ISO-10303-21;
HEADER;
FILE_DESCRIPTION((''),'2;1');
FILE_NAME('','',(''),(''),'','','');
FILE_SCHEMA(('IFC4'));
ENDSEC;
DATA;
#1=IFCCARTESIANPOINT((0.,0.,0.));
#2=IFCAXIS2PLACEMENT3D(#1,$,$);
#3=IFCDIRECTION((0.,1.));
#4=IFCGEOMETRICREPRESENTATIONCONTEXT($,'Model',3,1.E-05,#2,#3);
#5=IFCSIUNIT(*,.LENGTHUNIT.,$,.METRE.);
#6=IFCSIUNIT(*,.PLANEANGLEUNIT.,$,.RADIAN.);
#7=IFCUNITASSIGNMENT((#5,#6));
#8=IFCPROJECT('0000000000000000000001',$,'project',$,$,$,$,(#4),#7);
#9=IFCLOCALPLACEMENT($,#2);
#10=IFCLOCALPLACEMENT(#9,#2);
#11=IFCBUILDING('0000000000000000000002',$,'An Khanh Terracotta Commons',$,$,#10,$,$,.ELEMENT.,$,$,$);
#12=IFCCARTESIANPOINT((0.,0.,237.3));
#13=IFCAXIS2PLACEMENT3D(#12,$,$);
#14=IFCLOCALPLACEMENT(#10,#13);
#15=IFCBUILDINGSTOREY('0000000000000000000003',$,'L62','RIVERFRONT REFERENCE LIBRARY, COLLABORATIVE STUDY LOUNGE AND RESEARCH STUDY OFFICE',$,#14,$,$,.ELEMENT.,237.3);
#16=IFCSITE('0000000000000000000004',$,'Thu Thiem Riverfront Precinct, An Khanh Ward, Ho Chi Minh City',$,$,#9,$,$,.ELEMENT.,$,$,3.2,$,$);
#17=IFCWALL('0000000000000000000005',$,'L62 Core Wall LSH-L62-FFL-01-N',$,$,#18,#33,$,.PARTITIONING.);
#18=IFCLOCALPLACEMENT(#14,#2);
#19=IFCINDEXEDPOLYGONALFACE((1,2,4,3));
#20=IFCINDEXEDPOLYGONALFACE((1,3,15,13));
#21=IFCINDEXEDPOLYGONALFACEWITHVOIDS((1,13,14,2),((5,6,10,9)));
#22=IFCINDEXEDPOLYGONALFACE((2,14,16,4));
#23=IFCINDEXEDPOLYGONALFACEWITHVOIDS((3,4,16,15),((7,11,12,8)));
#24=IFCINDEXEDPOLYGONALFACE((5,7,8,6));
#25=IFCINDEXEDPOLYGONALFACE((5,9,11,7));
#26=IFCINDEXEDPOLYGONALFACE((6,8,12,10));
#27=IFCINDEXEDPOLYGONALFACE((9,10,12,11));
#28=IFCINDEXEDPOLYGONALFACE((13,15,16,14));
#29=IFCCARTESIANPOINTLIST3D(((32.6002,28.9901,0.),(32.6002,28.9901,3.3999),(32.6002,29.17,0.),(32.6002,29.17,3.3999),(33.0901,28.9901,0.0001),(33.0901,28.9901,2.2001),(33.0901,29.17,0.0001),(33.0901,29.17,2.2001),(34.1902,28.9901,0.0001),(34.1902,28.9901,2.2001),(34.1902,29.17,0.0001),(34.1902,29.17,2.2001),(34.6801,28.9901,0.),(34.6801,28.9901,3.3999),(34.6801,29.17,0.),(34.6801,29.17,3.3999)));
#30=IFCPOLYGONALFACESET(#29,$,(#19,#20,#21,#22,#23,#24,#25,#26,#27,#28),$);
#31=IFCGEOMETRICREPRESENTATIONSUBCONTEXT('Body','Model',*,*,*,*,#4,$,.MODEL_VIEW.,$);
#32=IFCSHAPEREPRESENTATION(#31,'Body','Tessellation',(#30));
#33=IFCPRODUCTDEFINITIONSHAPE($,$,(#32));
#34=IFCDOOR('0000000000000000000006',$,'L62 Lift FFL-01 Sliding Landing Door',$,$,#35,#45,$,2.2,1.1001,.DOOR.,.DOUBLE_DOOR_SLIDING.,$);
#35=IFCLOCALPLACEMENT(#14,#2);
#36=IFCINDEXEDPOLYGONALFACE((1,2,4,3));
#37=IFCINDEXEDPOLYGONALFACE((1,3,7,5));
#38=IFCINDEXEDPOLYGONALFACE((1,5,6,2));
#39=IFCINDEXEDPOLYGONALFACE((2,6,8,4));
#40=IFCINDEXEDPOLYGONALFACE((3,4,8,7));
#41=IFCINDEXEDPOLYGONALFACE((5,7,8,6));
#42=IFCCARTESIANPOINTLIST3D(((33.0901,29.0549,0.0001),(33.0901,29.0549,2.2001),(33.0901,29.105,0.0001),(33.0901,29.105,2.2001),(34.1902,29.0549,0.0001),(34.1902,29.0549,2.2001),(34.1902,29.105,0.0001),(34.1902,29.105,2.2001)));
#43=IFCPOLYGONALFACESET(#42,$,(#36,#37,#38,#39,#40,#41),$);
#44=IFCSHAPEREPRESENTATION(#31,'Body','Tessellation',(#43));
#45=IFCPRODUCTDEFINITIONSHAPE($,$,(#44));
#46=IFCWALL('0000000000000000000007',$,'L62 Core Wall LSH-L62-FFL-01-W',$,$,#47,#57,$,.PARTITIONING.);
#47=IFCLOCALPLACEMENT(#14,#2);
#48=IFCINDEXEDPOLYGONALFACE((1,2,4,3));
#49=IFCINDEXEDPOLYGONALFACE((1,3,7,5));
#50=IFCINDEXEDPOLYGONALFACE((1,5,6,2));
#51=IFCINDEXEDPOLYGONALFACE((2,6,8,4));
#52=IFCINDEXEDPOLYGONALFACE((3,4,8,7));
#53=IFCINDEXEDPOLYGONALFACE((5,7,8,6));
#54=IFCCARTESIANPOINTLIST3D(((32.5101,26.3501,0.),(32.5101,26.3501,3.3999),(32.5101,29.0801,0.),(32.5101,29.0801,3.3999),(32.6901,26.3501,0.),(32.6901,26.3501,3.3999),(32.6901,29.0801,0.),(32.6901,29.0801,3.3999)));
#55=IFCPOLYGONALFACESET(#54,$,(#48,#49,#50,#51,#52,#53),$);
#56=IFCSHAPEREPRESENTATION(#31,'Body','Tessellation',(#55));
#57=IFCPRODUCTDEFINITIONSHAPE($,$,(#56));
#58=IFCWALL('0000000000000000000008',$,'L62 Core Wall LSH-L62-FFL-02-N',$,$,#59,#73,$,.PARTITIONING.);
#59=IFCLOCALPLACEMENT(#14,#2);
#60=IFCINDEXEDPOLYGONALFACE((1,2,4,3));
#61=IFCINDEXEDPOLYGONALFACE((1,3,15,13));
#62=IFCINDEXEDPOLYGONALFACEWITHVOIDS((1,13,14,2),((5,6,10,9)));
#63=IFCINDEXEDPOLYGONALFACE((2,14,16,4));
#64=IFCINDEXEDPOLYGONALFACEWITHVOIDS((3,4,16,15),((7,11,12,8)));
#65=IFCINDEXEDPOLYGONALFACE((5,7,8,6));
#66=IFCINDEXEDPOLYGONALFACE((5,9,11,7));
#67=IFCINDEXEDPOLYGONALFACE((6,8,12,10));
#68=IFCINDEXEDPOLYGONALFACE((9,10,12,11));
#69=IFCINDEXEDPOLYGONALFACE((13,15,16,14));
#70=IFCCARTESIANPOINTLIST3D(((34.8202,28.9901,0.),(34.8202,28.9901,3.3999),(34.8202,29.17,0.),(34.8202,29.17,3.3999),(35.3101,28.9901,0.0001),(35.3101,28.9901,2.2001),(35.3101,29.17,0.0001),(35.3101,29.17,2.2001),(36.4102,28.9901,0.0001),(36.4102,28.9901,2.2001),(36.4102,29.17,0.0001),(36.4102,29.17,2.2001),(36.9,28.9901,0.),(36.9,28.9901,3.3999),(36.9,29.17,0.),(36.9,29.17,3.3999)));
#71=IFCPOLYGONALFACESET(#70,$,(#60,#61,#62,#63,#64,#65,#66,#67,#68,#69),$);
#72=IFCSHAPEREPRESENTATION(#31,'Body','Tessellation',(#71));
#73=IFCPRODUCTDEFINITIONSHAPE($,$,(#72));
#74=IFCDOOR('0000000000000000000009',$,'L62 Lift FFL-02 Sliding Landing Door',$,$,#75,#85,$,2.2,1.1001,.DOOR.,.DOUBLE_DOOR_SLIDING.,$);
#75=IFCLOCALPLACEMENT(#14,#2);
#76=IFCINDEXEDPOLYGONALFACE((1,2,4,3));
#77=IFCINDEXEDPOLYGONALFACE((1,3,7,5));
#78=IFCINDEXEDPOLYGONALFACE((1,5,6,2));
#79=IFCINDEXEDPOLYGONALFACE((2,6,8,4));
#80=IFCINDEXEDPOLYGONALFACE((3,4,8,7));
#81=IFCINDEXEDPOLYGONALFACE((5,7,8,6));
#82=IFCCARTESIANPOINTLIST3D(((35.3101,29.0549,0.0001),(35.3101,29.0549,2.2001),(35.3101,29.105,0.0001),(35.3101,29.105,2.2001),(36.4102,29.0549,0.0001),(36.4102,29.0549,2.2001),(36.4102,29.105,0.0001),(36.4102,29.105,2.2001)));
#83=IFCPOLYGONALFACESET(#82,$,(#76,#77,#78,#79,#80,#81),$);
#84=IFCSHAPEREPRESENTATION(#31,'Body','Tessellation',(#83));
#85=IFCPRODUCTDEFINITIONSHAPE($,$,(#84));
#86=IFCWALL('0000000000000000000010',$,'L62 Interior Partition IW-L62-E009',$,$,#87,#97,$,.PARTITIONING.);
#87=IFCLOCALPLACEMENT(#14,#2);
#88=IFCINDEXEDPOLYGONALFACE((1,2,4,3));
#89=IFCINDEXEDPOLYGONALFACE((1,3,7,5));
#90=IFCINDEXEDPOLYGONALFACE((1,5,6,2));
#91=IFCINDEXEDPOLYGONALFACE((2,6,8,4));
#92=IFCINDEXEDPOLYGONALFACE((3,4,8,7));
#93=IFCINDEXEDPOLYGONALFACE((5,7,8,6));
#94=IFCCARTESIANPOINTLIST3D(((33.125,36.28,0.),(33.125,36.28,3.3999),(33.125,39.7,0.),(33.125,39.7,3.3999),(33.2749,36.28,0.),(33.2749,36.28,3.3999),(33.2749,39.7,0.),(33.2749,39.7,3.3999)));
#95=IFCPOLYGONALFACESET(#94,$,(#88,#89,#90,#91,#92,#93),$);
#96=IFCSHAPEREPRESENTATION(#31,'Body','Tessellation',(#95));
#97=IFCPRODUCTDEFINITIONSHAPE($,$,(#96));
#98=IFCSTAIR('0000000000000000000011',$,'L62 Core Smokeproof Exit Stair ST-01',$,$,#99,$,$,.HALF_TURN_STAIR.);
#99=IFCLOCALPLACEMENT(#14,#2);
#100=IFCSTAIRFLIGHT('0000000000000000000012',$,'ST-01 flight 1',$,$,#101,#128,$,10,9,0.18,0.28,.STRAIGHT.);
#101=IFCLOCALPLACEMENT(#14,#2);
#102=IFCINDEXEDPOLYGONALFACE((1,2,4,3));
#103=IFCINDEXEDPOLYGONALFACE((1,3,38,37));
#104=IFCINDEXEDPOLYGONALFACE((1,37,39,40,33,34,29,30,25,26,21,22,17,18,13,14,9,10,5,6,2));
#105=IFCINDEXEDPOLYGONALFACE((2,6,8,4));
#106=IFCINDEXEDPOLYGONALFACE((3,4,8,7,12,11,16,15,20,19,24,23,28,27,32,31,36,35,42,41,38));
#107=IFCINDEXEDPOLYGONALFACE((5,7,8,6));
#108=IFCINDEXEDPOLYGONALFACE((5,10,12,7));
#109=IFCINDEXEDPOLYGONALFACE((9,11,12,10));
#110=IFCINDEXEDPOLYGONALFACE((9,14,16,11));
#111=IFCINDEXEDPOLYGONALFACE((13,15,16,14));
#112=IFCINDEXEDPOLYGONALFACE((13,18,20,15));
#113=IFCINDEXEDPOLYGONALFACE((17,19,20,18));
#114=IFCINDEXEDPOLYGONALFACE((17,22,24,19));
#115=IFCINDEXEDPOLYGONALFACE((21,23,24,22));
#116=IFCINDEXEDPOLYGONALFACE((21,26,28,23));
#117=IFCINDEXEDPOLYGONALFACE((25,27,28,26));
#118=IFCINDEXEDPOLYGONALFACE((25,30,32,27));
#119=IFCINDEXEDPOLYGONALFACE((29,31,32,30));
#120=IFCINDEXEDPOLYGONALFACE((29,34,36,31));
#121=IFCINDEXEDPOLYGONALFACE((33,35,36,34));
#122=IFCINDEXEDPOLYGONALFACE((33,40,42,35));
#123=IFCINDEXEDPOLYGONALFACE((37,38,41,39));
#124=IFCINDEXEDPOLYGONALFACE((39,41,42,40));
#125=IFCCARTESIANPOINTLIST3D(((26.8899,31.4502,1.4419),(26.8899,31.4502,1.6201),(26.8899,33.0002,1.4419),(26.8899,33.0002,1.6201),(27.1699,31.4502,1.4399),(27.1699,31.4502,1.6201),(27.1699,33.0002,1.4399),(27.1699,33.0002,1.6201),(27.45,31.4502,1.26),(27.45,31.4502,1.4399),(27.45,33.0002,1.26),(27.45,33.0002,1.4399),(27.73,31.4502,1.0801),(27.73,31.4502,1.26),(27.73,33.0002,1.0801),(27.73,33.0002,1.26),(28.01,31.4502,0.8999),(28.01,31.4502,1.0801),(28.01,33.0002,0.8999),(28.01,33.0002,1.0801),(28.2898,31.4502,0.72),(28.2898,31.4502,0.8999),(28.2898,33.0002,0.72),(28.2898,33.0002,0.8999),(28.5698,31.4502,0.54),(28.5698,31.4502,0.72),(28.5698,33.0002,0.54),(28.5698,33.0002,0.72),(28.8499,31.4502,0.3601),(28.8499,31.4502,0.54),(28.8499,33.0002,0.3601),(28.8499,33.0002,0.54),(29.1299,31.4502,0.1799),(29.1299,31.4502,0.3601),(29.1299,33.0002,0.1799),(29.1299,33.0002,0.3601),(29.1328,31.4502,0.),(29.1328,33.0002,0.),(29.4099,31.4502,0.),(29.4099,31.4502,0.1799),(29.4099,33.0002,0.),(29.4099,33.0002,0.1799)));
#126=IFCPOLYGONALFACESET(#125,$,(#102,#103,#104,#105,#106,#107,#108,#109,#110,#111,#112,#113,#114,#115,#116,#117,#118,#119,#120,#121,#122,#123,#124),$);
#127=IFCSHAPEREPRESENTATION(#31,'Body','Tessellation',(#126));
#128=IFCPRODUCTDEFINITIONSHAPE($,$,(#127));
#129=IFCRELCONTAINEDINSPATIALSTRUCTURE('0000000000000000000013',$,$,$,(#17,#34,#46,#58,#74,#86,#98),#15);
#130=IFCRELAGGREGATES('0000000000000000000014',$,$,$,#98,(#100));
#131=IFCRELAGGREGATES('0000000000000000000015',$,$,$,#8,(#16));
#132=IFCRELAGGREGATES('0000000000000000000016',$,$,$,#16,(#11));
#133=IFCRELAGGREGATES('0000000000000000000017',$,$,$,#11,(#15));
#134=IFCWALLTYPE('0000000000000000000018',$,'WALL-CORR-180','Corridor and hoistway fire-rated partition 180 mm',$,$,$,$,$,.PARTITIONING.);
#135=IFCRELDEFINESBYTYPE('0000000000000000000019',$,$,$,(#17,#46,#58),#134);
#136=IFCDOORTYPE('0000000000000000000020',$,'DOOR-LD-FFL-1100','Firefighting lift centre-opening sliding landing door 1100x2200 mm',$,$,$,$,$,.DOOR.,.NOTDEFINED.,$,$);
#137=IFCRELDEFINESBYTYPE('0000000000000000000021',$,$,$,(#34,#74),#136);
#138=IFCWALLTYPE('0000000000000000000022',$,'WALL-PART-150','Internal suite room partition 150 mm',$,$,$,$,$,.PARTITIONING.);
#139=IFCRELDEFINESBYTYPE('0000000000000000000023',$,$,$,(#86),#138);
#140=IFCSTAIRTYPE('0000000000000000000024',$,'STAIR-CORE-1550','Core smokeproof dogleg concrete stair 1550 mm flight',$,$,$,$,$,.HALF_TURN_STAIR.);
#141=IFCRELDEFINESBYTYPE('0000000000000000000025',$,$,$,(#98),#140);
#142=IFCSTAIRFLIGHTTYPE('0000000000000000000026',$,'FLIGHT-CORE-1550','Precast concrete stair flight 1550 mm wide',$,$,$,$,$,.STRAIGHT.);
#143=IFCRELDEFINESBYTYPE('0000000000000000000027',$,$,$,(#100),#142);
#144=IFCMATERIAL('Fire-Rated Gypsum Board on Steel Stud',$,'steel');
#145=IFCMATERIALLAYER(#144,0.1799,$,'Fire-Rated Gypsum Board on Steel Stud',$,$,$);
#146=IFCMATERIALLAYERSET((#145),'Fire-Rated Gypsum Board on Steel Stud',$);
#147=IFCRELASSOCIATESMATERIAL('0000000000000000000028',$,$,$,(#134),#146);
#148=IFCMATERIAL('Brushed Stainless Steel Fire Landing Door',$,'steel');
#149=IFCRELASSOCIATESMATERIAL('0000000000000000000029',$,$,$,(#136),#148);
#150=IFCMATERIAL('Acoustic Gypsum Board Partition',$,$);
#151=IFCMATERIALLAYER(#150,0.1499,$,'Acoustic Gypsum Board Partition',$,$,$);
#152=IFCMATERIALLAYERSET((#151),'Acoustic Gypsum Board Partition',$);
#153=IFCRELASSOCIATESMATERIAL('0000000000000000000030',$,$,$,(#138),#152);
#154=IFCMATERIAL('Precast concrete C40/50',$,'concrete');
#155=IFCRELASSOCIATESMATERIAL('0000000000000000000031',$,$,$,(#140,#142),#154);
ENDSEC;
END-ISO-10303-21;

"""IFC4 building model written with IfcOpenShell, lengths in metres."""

from ifc_helpers import new_model, si_unit, direction, frame, frame_2d, origin, place, context, subcontext, project, spatial, polyline, rectangle, outline, extrude, material, layer, layer_set, type_object, element, fill, aggregate, save


model = new_model("IFC4")

# Units and contexts
model_context = context("Model", 3, precision=1e-05, world=origin(), true_north=direction((0.0, 1.0)))
body_context = subcontext(model_context, "Body", "Model", "MODEL_VIEW")
ifc_project = project(units=[si_unit("LENGTHUNIT", "METRE"), si_unit("PLANEANGLEUNIT", "RADIAN")], contexts=[model_context])

# Site, building, storey
site_placement = place(None, origin())
site = spatial("IfcSite", under=ifc_project, at=site_placement, Name="Thu Thiem Riverfront Precinct, An Khanh Ward, Ho Chi Minh City", CompositionType="ELEMENT", RefElevation=3.2)
building_placement = place(site_placement, origin())
building = spatial("IfcBuilding", under=site, at=building_placement, Name="An Khanh Terracotta Commons", CompositionType="ELEMENT")
storey_placement = place(building_placement, frame((0.0, 0.0, 237.3)))
storey = spatial("IfcBuildingStorey", under=building, at=storey_placement, Name="L62", Description="RIVERFRONT REFERENCE LIBRARY, COLLABORATIVE STUDY LOUNGE AND RESEARCH STUDY OFFICE", CompositionType="ELEMENT", Elevation=237.3)

# Shared definitions
ifc_material_1 = material(Name="Fire-Rated Gypsum Board on Steel Stud", Category="steel")
ifc_layer_1 = layer(ifc_material_1, 0.1799, Name="Fire-Rated Gypsum Board on Steel Stud")
ifc_layer_set_1 = layer_set([ifc_layer_1], Name="Fire-Rated Gypsum Board on Steel Stud")
wall_type_1 = type_object("IfcWallType", Name="WALL-CORR-180", Description="Corridor and hoistway fire-rated partition 180 mm", PredefinedType="PARTITIONING", material=ifc_layer_set_1)

# Wall, opening, door
wall_1_placement = place(storey_placement, frame((32.6001, 29.0801, 0.0), z_axis=(0.0, 0.0, 1.0), x_axis=(1.0, 0.0, 0.0)))
wall_1 = element("IfcWall", 1, at=wall_1_placement, inside=storey, type_object=wall_type_1, Name="L62 Core Wall LSH-L62-FFL-01-N", PredefinedType="PARTITIONING", context=body_context, shape_type="SweptSolid", body=[
    extrude(rectangle(XDim=2.0798, YDim=0.1799, at=frame_2d((1.04, 0.0))), origin(), (0.0, 0.0, 1.0), 3.3999),
])
opening_1_placement = place(wall_1_placement, frame((0.49, 0.0, 0.0)))
opening_1 = element("IfcOpeningElement", 2, at=opening_1_placement, cuts=wall_1, PredefinedType="OPENING", context=body_context, shape_type="SweptSolid", body=[
    extrude(rectangle(XDim=1.1001, YDim=2.2, at=frame_2d((0.55, 1.1001))), frame((0.0, 0.0999, 0.0), z_axis=(0.0, -1.0, 0.0), x_axis=(1.0, 0.0, 0.0)), (0.0, 0.0, 1.0), 0.2),
])
ifc_material_2 = material(Name="Brushed Stainless Steel Fire Landing Door", Category="steel")
door_type_1 = type_object("IfcDoorType", Name="DOOR-LD-FFL-1100", Description="Firefighting lift centre-opening sliding landing door 1100x2200 mm", OperationType="NOTDEFINED", PredefinedType="DOOR", material=ifc_material_2)
door_1_placement = place(opening_1_placement, origin())
door_1 = element("IfcDoor", 3, at=door_1_placement, inside=storey, type_object=door_type_1, Name="L62 Lift FFL-01 Sliding Landing Door", OperationType="DOUBLE_DOOR_SLIDING", OverallHeight=2.2, OverallWidth=1.1001, PredefinedType="DOOR", context=body_context, shape_type="SweptSolid", body=[
    extrude(rectangle(XDim=1.1001, YDim=2.2, at=frame_2d((0.55, 1.1001))), frame((0.0, 0.0249, 0.0), z_axis=(0.0, -1.0, 0.0), x_axis=(1.0, 0.0, 0.0)), (0.0, 0.0, 1.0), 0.05),
])
fill(opening_1, door_1)

# Wall
wall_2_placement = place(storey_placement, frame((32.6001, 29.0801, 0.0), z_axis=(0.0, 0.0, 1.0), x_axis=(0.0, -1.0, 0.0)))
element("IfcWall", 4, at=wall_2_placement, inside=storey, type_object=wall_type_1, Name="L62 Core Wall LSH-L62-FFL-01-W", PredefinedType="PARTITIONING", context=body_context, shape_type="SweptSolid", body=[
    extrude(rectangle(XDim=2.73, YDim=0.1799, at=frame_2d((1.365, 0.0))), origin(), (0.0, 0.0, 1.0), 3.3999),
])

# Wall, opening, door
wall_3_placement = place(storey_placement, frame((34.8201, 29.0801, 0.0), z_axis=(0.0, 0.0, 1.0), x_axis=(1.0, 0.0, 0.0)))
wall_3 = element("IfcWall", 5, at=wall_3_placement, inside=storey, type_object=wall_type_1, Name="L62 Core Wall LSH-L62-FFL-02-N", PredefinedType="PARTITIONING", context=body_context, shape_type="SweptSolid", body=[
    extrude(rectangle(XDim=2.0798, YDim=0.1799, at=frame_2d((1.04, 0.0))), origin(), (0.0, 0.0, 1.0), 3.3999),
])
opening_2_placement = place(wall_3_placement, frame((0.49, 0.0, 0.0)))
opening_2 = element("IfcOpeningElement", 6, at=opening_2_placement, cuts=wall_3, PredefinedType="OPENING", context=body_context, shape_type="SweptSolid", body=[
    extrude(rectangle(XDim=1.1001, YDim=2.2, at=frame_2d((0.55, 1.1001))), frame((0.0, 0.0999, 0.0), z_axis=(0.0, -1.0, 0.0), x_axis=(1.0, 0.0, 0.0)), (0.0, 0.0, 1.0), 0.2),
])
door_2_placement = place(opening_2_placement, origin())
door_2 = element("IfcDoor", 7, at=door_2_placement, inside=storey, type_object=door_type_1, Name="L62 Lift FFL-02 Sliding Landing Door", OperationType="DOUBLE_DOOR_SLIDING", OverallHeight=2.2, OverallWidth=1.1001, PredefinedType="DOOR", context=body_context, shape_type="SweptSolid", body=[
    extrude(rectangle(XDim=1.1001, YDim=2.2, at=frame_2d((0.55, 1.1001))), frame((0.0, 0.0249, 0.0), z_axis=(0.0, -1.0, 0.0), x_axis=(1.0, 0.0, 0.0)), (0.0, 0.0, 1.0), 0.05),
])
fill(opening_2, door_2)

# Wall
ifc_material_3 = material(Name="Acoustic Gypsum Board Partition")
ifc_layer_2 = layer(ifc_material_3, 0.1499, Name="Acoustic Gypsum Board Partition")
ifc_layer_set_2 = layer_set([ifc_layer_2], Name="Acoustic Gypsum Board Partition")
wall_type_2 = type_object("IfcWallType", Name="WALL-PART-150", Description="Internal suite room partition 150 mm", PredefinedType="PARTITIONING", material=ifc_layer_set_2)
wall_4_placement = place(storey_placement, frame((33.2, 36.28, 0.0), z_axis=(0.0, 0.0, 1.0), x_axis=(0.0, 1.0, 0.0)))
element("IfcWall", 8, at=wall_4_placement, inside=storey, type_object=wall_type_2, Name="L62 Interior Partition IW-L62-E009", PredefinedType="PARTITIONING", context=body_context, shape_type="SweptSolid", body=[
    extrude(rectangle(XDim=3.4199, YDim=0.1499, at=frame_2d((1.71, 0.0))), origin(), (0.0, 0.0, 1.0), 3.3999),
])

# Stair, stair flight
ifc_material_4 = material(Name="Precast concrete C40/50", Category="concrete")
stair_type = type_object("IfcStairType", Name="STAIR-CORE-1550", Description="Core smokeproof dogleg concrete stair 1550 mm flight", PredefinedType="HALF_TURN_STAIR", material=ifc_material_4)
stair_placement = place(storey_placement, origin())
stair = element("IfcStair", 9, at=stair_placement, inside=storey, type_object=stair_type, Name="L62 Core Smokeproof Exit Stair ST-01", PredefinedType="HALF_TURN_STAIR")
stair_flight_type = type_object("IfcStairFlightType", Name="FLIGHT-CORE-1550", Description="Precast concrete stair flight 1550 mm wide", PredefinedType="STRAIGHT", material=ifc_material_4)
stair_flight_placement = place(storey_placement, frame((29.4099, 32.2251, 0.0), z_axis=(0.0, 0.0, 1.0), x_axis=(-1.0, 0.0, 0.0)))
stair_flight = element("IfcStairFlight", 10, at=stair_flight_placement, type_object=stair_flight_type, Name="ST-01 flight 1", NumberOfRisers=10, NumberOfTreads=9, PredefinedType="STRAIGHT", RiserHeight=0.18, TreadLength=0.28, context=body_context, shape_type="SweptSolid", body=[
    extrude(outline(polyline([(0.0, 0.0), (0.0, 0.1799), (0.28, 0.1799), (0.28, 0.3601), (0.5601, 0.3601), (0.5601, 0.54), (0.8401, 0.54), (0.8401, 0.72), (1.1201, 0.72), (1.1201, 0.8999), (1.3999, 0.8999), (1.3999, 1.0801), (1.6799, 1.0801), (1.6799, 1.26), (1.96, 1.26), (1.96, 1.4399), (2.24, 1.4399), (2.24, 1.6201), (2.52, 1.6201), (2.52, 1.8), (2.52, 1.4419), (0.2771, 0.0), (0.0, 0.0)])), frame((0.0, 0.7749, 0.0), z_axis=(0.0, -1.0, 0.0), x_axis=(1.0, 0.0, 0.0)), (0.0, 0.0, 1.0), 1.55),
])
aggregate(stair, [stair_flight])

save(model, "model.ifc")
